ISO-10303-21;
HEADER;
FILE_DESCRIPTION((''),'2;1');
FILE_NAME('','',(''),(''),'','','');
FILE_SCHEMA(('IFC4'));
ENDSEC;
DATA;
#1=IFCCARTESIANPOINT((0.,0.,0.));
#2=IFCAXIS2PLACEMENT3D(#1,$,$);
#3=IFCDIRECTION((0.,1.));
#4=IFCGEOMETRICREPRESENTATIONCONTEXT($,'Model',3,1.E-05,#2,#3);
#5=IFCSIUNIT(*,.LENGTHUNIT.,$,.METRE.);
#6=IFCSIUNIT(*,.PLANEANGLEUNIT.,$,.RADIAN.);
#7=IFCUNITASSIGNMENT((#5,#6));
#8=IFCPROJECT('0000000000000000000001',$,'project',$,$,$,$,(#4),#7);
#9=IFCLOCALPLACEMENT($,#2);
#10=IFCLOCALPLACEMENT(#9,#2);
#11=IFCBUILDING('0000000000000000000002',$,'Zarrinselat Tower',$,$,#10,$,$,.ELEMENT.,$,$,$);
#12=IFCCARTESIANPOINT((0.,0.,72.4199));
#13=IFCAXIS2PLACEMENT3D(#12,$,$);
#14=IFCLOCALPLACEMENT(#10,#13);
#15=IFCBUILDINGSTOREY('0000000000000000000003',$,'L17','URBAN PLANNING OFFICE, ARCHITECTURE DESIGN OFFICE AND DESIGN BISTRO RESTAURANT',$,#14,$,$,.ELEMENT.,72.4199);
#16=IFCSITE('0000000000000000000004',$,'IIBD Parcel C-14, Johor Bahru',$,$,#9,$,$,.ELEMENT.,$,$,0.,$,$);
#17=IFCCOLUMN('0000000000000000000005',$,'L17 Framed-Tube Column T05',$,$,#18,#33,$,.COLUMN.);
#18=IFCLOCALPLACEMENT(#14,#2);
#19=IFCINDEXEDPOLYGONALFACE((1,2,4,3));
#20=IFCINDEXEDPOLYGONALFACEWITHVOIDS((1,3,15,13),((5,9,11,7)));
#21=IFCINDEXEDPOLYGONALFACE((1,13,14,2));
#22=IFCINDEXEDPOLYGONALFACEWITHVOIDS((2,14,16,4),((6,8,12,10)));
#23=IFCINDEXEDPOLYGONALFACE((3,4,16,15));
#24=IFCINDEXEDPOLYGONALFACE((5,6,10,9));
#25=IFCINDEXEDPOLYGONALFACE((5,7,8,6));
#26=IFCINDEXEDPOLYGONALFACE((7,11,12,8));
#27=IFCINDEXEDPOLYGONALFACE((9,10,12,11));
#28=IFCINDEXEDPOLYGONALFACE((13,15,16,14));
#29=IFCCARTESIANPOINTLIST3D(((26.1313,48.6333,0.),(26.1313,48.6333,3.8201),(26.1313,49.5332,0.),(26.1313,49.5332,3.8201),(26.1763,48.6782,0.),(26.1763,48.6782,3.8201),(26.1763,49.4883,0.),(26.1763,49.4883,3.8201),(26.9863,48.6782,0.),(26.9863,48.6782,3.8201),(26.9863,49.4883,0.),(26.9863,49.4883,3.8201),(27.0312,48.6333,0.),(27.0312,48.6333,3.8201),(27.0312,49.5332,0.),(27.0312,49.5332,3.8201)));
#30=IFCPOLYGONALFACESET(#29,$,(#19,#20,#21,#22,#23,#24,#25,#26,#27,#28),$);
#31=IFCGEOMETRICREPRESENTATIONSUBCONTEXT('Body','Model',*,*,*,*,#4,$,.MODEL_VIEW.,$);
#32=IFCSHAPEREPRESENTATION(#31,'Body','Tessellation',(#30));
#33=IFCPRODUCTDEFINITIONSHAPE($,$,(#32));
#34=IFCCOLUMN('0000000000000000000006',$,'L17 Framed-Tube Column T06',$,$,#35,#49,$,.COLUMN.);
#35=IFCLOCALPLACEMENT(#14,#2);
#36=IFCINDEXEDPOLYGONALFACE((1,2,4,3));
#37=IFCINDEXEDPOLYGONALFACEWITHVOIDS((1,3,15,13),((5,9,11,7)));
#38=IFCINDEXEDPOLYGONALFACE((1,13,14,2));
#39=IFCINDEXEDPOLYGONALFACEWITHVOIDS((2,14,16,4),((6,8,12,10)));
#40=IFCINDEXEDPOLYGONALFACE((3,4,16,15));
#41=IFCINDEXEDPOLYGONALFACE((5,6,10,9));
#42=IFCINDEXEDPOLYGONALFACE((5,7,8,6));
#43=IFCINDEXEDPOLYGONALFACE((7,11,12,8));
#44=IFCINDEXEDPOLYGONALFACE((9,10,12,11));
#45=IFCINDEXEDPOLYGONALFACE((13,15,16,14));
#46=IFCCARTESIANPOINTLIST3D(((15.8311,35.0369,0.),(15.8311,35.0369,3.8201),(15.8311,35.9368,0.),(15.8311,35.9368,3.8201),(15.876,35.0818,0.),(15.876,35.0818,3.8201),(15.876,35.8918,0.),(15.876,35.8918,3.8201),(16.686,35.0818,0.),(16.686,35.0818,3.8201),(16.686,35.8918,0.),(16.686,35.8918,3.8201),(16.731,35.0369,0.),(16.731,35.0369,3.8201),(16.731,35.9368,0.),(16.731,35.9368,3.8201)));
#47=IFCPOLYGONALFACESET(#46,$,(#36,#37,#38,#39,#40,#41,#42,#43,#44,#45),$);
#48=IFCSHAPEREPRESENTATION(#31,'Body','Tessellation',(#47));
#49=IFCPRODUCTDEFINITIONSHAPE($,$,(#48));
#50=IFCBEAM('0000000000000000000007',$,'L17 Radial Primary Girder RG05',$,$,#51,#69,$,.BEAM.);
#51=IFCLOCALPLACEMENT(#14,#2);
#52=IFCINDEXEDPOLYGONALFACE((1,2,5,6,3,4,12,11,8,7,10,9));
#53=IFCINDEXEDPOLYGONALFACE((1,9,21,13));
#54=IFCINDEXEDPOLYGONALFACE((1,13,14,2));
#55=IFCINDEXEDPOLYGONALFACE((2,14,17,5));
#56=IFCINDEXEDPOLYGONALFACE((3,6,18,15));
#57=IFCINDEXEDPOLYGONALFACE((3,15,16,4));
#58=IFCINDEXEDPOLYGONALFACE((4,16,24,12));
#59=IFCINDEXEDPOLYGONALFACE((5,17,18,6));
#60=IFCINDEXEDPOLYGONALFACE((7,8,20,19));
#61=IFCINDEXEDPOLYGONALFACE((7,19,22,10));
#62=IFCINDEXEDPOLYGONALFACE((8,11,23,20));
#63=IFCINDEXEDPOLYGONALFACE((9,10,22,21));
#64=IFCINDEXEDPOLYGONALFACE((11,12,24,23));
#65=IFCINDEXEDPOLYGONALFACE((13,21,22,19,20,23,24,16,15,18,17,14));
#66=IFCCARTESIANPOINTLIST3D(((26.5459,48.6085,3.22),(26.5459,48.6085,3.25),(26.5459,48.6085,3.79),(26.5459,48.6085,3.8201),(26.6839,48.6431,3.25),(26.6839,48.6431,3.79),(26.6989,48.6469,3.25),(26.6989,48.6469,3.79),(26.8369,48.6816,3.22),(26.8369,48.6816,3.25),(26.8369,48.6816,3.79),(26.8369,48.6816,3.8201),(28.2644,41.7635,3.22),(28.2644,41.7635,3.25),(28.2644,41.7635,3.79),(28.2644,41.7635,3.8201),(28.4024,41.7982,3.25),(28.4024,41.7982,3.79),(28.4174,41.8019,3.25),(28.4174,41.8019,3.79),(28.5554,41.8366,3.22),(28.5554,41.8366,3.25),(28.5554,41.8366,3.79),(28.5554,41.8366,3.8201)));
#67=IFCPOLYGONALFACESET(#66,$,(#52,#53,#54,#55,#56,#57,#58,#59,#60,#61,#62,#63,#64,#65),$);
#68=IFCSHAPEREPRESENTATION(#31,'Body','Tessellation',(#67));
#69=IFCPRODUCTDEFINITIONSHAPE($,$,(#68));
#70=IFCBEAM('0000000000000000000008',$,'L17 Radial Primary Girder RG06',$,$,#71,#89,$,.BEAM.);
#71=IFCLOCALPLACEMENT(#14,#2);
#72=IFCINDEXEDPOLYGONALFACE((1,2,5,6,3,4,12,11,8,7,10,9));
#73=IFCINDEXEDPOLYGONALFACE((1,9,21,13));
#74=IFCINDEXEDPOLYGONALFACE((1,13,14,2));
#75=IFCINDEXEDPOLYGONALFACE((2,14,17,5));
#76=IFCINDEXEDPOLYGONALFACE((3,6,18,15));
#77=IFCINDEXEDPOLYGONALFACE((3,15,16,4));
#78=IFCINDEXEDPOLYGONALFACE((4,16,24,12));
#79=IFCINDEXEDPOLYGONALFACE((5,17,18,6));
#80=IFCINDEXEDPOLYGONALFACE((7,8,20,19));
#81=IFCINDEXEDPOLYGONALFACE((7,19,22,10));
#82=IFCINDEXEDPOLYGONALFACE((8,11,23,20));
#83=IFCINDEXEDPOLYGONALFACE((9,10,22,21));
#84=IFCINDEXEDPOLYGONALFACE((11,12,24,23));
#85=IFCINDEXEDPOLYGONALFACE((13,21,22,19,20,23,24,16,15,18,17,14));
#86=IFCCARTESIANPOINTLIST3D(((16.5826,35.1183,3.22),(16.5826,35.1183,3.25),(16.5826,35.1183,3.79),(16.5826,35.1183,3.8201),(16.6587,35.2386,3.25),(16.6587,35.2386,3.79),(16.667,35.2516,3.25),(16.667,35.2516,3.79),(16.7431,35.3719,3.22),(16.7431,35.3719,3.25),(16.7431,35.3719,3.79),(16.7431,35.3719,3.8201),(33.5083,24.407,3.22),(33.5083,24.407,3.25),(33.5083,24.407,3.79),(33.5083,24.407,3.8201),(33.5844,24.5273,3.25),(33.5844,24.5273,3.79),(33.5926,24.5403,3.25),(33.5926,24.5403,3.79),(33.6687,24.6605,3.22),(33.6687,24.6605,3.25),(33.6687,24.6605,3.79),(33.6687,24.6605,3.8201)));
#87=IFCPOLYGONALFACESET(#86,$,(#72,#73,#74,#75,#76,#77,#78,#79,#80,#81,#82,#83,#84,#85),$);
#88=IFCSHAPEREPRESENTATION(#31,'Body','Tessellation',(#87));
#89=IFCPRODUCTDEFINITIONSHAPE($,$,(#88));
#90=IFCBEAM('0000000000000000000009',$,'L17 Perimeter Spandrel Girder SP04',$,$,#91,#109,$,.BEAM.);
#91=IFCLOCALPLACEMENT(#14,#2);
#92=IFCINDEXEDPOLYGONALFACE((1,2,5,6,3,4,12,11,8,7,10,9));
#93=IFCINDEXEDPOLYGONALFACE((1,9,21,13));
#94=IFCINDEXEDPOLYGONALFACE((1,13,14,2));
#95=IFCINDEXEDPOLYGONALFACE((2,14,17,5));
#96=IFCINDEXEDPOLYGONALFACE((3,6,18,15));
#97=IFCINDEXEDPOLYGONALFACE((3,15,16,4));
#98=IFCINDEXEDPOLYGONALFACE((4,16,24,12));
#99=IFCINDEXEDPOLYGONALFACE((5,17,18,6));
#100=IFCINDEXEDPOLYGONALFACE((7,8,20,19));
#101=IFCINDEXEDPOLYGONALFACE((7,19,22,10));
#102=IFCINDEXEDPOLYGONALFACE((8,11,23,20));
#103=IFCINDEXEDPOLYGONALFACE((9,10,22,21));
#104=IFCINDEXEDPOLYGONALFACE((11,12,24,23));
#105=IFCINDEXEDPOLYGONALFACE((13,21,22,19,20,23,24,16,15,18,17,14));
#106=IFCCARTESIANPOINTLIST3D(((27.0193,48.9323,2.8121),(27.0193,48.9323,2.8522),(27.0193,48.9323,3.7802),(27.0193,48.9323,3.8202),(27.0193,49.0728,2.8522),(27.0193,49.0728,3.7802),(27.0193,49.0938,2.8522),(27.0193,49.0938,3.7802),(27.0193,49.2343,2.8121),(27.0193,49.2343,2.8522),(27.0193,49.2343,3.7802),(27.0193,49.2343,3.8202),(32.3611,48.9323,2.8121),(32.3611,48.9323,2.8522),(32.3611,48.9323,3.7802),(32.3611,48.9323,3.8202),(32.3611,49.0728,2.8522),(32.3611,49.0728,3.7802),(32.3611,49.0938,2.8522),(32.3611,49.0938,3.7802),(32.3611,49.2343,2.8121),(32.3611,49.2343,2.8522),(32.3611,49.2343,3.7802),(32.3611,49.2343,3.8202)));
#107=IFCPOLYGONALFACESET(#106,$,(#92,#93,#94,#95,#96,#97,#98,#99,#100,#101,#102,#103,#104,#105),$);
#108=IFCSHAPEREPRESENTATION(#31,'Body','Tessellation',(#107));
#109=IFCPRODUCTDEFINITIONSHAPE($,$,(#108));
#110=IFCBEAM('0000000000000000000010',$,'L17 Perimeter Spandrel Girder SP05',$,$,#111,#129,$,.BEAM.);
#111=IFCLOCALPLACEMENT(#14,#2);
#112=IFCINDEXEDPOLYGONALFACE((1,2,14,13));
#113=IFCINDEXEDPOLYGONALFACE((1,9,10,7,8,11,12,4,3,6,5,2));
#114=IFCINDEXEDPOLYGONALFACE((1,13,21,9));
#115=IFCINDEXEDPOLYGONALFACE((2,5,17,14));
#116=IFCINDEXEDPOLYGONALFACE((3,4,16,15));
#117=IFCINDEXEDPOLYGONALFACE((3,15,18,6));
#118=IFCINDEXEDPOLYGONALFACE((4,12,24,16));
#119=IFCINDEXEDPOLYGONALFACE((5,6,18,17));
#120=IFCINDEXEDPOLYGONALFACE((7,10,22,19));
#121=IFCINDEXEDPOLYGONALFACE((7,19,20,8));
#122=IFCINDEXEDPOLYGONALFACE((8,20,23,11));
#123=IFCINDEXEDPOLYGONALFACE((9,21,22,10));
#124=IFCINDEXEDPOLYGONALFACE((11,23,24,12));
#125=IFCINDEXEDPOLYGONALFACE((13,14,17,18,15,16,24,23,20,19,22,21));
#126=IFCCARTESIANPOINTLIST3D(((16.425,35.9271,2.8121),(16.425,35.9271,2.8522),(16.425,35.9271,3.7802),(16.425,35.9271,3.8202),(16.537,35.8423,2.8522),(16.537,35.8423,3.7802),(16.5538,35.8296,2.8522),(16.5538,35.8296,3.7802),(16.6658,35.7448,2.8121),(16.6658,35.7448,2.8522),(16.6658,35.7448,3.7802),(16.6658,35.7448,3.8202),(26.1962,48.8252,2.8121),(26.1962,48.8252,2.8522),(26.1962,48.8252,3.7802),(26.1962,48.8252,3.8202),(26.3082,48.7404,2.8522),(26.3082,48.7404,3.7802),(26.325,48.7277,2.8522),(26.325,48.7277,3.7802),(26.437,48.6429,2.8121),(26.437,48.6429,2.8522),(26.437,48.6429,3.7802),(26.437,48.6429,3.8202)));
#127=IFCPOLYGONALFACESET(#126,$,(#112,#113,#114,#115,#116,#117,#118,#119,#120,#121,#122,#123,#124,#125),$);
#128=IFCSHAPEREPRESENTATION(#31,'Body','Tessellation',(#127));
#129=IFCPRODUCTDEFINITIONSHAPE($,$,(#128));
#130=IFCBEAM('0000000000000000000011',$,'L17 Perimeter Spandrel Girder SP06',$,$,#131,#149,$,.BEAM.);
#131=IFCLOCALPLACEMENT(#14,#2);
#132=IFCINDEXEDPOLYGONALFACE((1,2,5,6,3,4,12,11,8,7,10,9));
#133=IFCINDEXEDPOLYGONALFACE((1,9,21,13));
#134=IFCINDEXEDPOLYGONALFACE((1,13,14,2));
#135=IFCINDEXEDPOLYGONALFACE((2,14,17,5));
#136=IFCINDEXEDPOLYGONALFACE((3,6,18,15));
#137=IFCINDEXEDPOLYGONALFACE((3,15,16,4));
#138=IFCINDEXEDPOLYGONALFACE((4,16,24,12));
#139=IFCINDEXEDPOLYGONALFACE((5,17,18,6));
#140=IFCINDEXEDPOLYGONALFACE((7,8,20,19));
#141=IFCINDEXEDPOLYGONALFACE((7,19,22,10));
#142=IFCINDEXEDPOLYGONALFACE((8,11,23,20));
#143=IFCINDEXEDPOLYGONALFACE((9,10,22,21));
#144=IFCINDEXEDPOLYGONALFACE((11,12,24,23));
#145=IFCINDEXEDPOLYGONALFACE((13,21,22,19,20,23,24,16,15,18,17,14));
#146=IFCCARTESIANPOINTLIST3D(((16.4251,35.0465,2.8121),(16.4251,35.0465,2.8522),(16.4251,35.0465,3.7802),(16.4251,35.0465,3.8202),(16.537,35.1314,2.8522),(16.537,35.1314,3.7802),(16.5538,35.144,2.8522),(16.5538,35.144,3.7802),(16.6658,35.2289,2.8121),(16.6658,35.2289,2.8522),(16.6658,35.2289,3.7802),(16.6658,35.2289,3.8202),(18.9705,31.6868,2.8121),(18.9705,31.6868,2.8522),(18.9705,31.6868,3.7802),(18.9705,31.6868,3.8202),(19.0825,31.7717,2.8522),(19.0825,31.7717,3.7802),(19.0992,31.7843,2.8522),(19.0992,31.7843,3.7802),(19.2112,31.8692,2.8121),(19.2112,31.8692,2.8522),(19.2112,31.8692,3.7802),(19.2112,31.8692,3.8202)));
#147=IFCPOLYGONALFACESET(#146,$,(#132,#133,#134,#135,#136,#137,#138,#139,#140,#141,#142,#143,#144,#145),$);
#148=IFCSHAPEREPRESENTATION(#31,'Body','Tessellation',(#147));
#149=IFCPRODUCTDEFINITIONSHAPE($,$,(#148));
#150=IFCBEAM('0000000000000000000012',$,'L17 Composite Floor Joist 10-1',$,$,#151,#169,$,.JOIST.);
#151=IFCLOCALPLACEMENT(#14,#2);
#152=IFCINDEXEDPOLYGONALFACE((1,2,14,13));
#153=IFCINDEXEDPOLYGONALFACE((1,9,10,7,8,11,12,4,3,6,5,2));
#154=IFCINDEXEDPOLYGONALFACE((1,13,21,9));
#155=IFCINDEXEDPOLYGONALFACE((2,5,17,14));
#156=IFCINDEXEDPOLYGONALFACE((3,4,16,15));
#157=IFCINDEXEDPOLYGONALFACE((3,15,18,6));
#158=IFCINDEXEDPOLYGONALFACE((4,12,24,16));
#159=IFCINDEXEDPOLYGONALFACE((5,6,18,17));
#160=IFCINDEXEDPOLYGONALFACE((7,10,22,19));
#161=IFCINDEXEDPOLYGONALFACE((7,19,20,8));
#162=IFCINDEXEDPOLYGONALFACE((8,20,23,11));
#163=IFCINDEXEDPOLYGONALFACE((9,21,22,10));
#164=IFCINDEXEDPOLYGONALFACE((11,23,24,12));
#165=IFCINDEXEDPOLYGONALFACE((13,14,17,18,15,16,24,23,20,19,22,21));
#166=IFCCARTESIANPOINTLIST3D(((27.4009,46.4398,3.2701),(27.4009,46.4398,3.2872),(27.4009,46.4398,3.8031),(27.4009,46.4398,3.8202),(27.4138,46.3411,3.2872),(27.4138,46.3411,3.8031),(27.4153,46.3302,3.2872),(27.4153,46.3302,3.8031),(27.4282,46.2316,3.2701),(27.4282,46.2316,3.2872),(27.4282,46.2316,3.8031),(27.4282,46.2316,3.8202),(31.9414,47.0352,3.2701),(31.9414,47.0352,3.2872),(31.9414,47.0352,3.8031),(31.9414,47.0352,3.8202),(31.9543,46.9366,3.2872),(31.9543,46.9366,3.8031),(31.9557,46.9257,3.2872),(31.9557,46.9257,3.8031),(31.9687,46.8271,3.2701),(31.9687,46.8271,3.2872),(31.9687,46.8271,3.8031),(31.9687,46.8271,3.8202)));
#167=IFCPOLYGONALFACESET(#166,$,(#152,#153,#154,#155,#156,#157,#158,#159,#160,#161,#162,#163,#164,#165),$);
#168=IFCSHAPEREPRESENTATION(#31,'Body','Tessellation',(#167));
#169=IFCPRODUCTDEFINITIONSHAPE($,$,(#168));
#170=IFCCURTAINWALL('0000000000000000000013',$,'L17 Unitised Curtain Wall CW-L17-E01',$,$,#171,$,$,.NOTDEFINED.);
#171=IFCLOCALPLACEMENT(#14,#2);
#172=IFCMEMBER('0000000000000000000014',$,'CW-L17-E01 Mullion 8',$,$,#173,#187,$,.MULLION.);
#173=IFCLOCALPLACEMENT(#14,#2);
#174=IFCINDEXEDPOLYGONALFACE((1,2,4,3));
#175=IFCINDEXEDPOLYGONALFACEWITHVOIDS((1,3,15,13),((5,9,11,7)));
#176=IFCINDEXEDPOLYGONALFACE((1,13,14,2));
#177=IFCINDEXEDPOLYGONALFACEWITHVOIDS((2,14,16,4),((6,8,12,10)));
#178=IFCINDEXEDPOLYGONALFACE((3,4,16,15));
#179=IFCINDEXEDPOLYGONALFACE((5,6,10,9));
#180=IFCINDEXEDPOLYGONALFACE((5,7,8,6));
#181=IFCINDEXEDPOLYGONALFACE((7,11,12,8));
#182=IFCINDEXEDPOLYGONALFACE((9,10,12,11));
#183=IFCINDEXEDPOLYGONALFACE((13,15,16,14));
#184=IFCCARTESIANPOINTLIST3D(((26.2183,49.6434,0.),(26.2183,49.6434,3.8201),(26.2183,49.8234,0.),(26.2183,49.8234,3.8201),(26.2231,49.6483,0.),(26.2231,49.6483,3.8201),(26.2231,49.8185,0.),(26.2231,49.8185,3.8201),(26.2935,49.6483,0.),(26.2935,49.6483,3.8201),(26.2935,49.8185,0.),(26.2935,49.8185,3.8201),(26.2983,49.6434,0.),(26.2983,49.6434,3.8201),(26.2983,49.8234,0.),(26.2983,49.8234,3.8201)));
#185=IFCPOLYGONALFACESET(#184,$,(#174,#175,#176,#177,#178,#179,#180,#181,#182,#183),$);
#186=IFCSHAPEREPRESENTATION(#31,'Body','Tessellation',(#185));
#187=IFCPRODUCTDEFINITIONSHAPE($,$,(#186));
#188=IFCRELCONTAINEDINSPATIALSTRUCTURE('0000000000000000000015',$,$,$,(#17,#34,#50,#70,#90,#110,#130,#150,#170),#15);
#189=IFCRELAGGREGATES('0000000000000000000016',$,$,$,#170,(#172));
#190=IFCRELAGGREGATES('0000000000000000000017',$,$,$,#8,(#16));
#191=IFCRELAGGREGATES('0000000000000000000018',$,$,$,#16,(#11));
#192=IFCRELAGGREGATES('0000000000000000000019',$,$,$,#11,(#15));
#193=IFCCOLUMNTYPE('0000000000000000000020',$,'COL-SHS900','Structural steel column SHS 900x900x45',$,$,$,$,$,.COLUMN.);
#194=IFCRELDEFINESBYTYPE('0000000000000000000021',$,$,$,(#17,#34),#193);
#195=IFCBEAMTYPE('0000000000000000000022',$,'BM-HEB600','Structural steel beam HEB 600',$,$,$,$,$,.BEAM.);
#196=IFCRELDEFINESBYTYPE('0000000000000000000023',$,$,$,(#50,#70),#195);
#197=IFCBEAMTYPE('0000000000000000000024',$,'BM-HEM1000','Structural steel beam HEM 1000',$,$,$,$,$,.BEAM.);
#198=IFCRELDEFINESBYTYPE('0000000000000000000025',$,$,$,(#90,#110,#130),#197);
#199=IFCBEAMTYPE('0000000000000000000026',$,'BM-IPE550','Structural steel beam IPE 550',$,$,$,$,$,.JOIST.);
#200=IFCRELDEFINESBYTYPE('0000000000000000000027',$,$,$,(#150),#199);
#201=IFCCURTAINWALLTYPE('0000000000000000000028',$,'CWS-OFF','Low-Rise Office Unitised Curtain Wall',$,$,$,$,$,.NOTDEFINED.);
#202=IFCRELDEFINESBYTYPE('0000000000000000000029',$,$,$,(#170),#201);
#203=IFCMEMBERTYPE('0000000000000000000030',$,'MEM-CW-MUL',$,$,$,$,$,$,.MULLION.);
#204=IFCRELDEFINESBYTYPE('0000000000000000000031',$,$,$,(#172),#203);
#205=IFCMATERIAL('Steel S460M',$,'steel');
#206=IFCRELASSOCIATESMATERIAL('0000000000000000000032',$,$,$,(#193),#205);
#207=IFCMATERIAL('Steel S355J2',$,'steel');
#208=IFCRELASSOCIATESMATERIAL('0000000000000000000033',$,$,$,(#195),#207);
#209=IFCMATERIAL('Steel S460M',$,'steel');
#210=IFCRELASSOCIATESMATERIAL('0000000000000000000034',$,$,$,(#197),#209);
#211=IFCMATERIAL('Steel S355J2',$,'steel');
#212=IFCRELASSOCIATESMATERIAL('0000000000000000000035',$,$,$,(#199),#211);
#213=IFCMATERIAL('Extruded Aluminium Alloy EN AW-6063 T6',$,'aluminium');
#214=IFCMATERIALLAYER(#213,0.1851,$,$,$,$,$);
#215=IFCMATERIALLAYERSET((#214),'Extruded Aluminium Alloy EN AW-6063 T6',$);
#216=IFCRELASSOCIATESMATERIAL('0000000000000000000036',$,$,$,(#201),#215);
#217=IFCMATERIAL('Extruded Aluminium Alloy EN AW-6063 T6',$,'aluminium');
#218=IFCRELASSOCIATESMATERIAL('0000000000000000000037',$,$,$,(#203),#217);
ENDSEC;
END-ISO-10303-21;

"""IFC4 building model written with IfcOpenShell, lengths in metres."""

from ifc_helpers import new_model, si_unit, direction, frame, origin, origin_2d, place, context, subcontext, project, spatial, hollow_rectangle, i_section, extrude, material, layer, layer_set, material_profile, profile_set, type_object, element, aggregate, save


model = new_model("IFC4")

# Units and contexts
model_context = context("Model", 3, precision=1e-05, world=origin(), true_north=direction((0.0, 1.0)))
body_context = subcontext(model_context, "Body", "Model", "MODEL_VIEW")
ifc_project = project(units=[si_unit("LENGTHUNIT", "METRE"), si_unit("PLANEANGLEUNIT", "RADIAN")], contexts=[model_context])

# Site, building, storey
site_placement = place(None, origin())
site = spatial("IfcSite", under=ifc_project, at=site_placement, Name="IIBD Parcel C-14, Johor Bahru", CompositionType="ELEMENT", RefElevation=0.0)
building_placement = place(site_placement, origin())
building = spatial("IfcBuilding", under=site, at=building_placement, Name="Zarrinselat Tower", CompositionType="ELEMENT")
storey_placement = place(building_placement, frame((0.0, 0.0, 72.4199)))
storey = spatial("IfcBuildingStorey", under=building, at=storey_placement, Name="L17", Description="URBAN PLANNING OFFICE, ARCHITECTURE DESIGN OFFICE AND DESIGN BISTRO RESTAURANT", CompositionType="ELEMENT", Elevation=72.4199)

# Columns
ifc_material_1 = material(Name="Steel S460M", Category="steel")
ifc_material_profile_1 = material_profile(ifc_material_1, hollow_rectangle(XDim=0.8999, YDim=0.8999, WallThickness=0.0449, at=origin_2d()), Name="SHS 900x900x45")
ifc_profile_set_1 = profile_set([ifc_material_profile_1], Name="Steel S460M")
column_type = type_object("IfcColumnType", Name="COL-SHS900", Description="Structural steel column SHS 900x900x45", PredefinedType="COLUMN", material=ifc_profile_set_1)
for number, where, z_axis, x_axis, name in (
    (1, (26.5813, 49.0833, 0.0), (0.0, 0.0, 1.0), (1.0, 0.0, 0.0), "L17 Framed-Tube Column T05"),
    (2, (16.281, 35.4868, 0.0), (0.0, 0.0, 1.0), (1.0, 0.0, 0.0), "L17 Framed-Tube Column T06"),
):
    element("IfcColumn", number, at=place(storey_placement, frame(where, z_axis=z_axis, x_axis=x_axis)), inside=storey, type_object=column_type, Name=name, PredefinedType="COLUMN", context=body_context, shape_type="SweptSolid", body=[
        extrude(hollow_rectangle(XDim=0.8999, YDim=0.8999, WallThickness=0.0449, at=origin_2d()), origin(), (0.0, 0.0, 1.0), 3.8201),
    ])

# Beams
ifc_material_2 = material(Name="Steel S355J2", Category="steel")
ifc_material_profile_2 = material_profile(ifc_material_2, i_section(OverallWidth=0.3, OverallDepth=0.6001, WebThickness=0.0154, FlangeThickness=0.03, at=origin_2d()), Name="HEB 600")
ifc_profile_set_2 = profile_set([ifc_material_profile_2], Name="Steel S355J2")
beam_type_1 = type_object("IfcBeamType", Name="BM-HEB600", Description="Structural steel beam HEB 600", PredefinedType="BEAM", material=ifc_profile_set_2)
beam_1_placement = place(storey_placement, frame((26.6914, 48.645, 3.52), z_axis=(0.243504, -0.9699, 0.0), x_axis=(0.9699, 0.243504, 0.0)))
element("IfcBeam", 3, at=beam_1_placement, inside=storey, type_object=beam_type_1, Name="L17 Radial Primary Girder RG05", PredefinedType="BEAM", context=body_context, shape_type="SweptSolid", body=[
    extrude(i_section(OverallWidth=0.3, OverallDepth=0.6001, WebThickness=0.0154, FlangeThickness=0.03, at=origin_2d()), origin(), (0.0, 0.0, 1.0), 7.0574),
])
beam_2_placement = place(storey_placement, frame((16.6628, 35.2451, 3.52), z_axis=(0.845005, -0.534759, 0.0), x_axis=(0.534759, 0.845005, 0.0)))
element("IfcBeam", 4, at=beam_2_placement, inside=storey, type_object=beam_type_1, Name="L17 Radial Primary Girder RG06", PredefinedType="BEAM", context=body_context, shape_type="SweptSolid", body=[
    extrude(i_section(OverallWidth=0.3, OverallDepth=0.6001, WebThickness=0.0154, FlangeThickness=0.03, at=origin_2d()), origin(), (0.0, 0.0, 1.0), 20.0303),
])
ifc_material_3 = material(Name="Steel S460M", Category="steel")
ifc_material_profile_3 = material_profile(ifc_material_3, i_section(OverallWidth=0.302, OverallDepth=1.0081, WebThickness=0.021, FlangeThickness=0.04, at=origin_2d()), Name="HEM 1000")
ifc_profile_set_3 = profile_set([ifc_material_profile_3], Name="Steel S460M")
beam_type_2 = type_object("IfcBeamType", Name="BM-HEM1000", Description="Structural steel beam HEM 1000", PredefinedType="BEAM", material=ifc_profile_set_3)
beam_3_placement = place(storey_placement, frame((27.0193, 49.0833, 3.3162), z_axis=(1.0, 0.0, 0.0), x_axis=(0.0, 1.0, 0.0)))
element("IfcBeam", 5, at=beam_3_placement, inside=storey, type_object=beam_type_2, Name="L17 Perimeter Spandrel Girder SP04", PredefinedType="BEAM", context=body_context, shape_type="SweptSolid", body=[
    extrude(i_section(OverallWidth=0.302, OverallDepth=1.0081, WebThickness=0.021, FlangeThickness=0.04, at=origin_2d()), origin(), (0.0, 0.0, 1.0), 5.3418),
])
beam_4_placement = place(storey_placement, frame((16.5454, 35.8359, 3.3162), z_axis=(0.603853, 0.797096, 0.0), x_axis=(-0.797096, 0.603853, 0.0)))
element("IfcBeam", 6, at=beam_4_placement, inside=storey, type_object=beam_type_2, Name="L17 Perimeter Spandrel Girder SP05", PredefinedType="BEAM", context=body_context, shape_type="SweptSolid", body=[
    extrude(i_section(OverallWidth=0.302, OverallDepth=1.0081, WebThickness=0.021, FlangeThickness=0.04, at=origin_2d()), origin(), (0.0, 0.0, 1.0), 16.1814),
])
beam_5_placement = place(storey_placement, frame((16.5454, 35.1377, 3.3162), z_axis=(0.603894, -0.797064, 0.0), x_axis=(0.797064, 0.603894, 0.0)))
element("IfcBeam", 7, at=beam_5_placement, inside=storey, type_object=beam_type_2, Name="L17 Perimeter Spandrel Girder SP06", PredefinedType="BEAM", context=body_context, shape_type="SweptSolid", body=[
    extrude(i_section(OverallWidth=0.302, OverallDepth=1.0081, WebThickness=0.021, FlangeThickness=0.04, at=origin_2d()), origin(), (0.0, 0.0, 1.0), 4.2151),
])
ifc_material_4 = material(Name="Steel S355J2", Category="steel")
ifc_material_profile_4 = material_profile(ifc_material_4, i_section(OverallWidth=0.21, OverallDepth=0.55, WebThickness=0.011, FlangeThickness=0.0171, at=origin_2d()), Name="IPE 550")
ifc_profile_set_4 = profile_set([ifc_material_profile_4], Name="Steel S355J2")
beam_type_3 = type_object("IfcBeamType", Name="BM-IPE550", Description="Structural steel beam IPE 550", PredefinedType="JOIST", material=ifc_profile_set_4)
beam_6_placement = place(storey_placement, frame((27.4146, 46.3357, 3.5452), z_axis=(0.99151, 0.13003, 0.0), x_axis=(-0.13003, 0.99151, 0.0)))
element("IfcBeam", 8, at=beam_6_placement, inside=storey, type_object=beam_type_3, Name="L17 Composite Floor Joist 10-1", PredefinedType="JOIST", context=body_context, shape_type="SweptSolid", body=[
    extrude(i_section(OverallWidth=0.21, OverallDepth=0.55, WebThickness=0.011, FlangeThickness=0.0171, at=origin_2d()), origin(), (0.0, 0.0, 1.0), 4.5793),
])

# Curtain wall, member
ifc_material_5 = material(Name="Extruded Aluminium Alloy EN AW-6063 T6", Category="aluminium")
ifc_layer_1 = layer(ifc_material_5, 0.1851)
ifc_layer_set_1 = layer_set([ifc_layer_1], Name="Extruded Aluminium Alloy EN AW-6063 T6")
curtain_wall_type = type_object("IfcCurtainWallType", Name="CWS-OFF", Description="Low-Rise Office Unitised Curtain Wall", PredefinedType="NOTDEFINED", material=ifc_layer_set_1)
curtain_wall_1_placement = place(storey_placement, origin())
curtain_wall_1 = element("IfcCurtainWall", 9, at=curtain_wall_1_placement, inside=storey, type_object=curtain_wall_type, Name="L17 Unitised Curtain Wall CW-L17-E01", PredefinedType="NOTDEFINED")
ifc_material_6 = material(Name="Extruded Aluminium Alloy EN AW-6063 T6", Category="aluminium")
ifc_material_profile_5 = material_profile(ifc_material_6, hollow_rectangle(XDim=0.0801, YDim=0.1799, WallThickness=0.0049, at=origin_2d()), Name="RHS 180x80x5")
ifc_profile_set_5 = profile_set([ifc_material_profile_5], Name="Extruded Aluminium Alloy EN AW-6063 T6")
member_type_1 = type_object("IfcMemberType", Name="MEM-CW-MUL", PredefinedType="MULLION", material=ifc_profile_set_5)
member_1_placement = place(storey_placement, frame((26.2583, 49.7334, 0.0), z_axis=(0.0, 0.0, 1.0), x_axis=(-1.0, 0.0, 0.0)))
member_1 = element("IfcMember", 10, at=member_1_placement, type_object=member_type_1, Name="CW-L17-E01 Mullion 8", PredefinedType="MULLION", context=body_context, shape_type="SweptSolid", body=[
    extrude(hollow_rectangle(XDim=0.0801, YDim=0.1799, WallThickness=0.0049, at=origin_2d()), origin(), (0.0, 0.0, 1.0), 3.8201),
])
aggregate(curtain_wall_1, [member_1])

save(model, "model.ifc")
